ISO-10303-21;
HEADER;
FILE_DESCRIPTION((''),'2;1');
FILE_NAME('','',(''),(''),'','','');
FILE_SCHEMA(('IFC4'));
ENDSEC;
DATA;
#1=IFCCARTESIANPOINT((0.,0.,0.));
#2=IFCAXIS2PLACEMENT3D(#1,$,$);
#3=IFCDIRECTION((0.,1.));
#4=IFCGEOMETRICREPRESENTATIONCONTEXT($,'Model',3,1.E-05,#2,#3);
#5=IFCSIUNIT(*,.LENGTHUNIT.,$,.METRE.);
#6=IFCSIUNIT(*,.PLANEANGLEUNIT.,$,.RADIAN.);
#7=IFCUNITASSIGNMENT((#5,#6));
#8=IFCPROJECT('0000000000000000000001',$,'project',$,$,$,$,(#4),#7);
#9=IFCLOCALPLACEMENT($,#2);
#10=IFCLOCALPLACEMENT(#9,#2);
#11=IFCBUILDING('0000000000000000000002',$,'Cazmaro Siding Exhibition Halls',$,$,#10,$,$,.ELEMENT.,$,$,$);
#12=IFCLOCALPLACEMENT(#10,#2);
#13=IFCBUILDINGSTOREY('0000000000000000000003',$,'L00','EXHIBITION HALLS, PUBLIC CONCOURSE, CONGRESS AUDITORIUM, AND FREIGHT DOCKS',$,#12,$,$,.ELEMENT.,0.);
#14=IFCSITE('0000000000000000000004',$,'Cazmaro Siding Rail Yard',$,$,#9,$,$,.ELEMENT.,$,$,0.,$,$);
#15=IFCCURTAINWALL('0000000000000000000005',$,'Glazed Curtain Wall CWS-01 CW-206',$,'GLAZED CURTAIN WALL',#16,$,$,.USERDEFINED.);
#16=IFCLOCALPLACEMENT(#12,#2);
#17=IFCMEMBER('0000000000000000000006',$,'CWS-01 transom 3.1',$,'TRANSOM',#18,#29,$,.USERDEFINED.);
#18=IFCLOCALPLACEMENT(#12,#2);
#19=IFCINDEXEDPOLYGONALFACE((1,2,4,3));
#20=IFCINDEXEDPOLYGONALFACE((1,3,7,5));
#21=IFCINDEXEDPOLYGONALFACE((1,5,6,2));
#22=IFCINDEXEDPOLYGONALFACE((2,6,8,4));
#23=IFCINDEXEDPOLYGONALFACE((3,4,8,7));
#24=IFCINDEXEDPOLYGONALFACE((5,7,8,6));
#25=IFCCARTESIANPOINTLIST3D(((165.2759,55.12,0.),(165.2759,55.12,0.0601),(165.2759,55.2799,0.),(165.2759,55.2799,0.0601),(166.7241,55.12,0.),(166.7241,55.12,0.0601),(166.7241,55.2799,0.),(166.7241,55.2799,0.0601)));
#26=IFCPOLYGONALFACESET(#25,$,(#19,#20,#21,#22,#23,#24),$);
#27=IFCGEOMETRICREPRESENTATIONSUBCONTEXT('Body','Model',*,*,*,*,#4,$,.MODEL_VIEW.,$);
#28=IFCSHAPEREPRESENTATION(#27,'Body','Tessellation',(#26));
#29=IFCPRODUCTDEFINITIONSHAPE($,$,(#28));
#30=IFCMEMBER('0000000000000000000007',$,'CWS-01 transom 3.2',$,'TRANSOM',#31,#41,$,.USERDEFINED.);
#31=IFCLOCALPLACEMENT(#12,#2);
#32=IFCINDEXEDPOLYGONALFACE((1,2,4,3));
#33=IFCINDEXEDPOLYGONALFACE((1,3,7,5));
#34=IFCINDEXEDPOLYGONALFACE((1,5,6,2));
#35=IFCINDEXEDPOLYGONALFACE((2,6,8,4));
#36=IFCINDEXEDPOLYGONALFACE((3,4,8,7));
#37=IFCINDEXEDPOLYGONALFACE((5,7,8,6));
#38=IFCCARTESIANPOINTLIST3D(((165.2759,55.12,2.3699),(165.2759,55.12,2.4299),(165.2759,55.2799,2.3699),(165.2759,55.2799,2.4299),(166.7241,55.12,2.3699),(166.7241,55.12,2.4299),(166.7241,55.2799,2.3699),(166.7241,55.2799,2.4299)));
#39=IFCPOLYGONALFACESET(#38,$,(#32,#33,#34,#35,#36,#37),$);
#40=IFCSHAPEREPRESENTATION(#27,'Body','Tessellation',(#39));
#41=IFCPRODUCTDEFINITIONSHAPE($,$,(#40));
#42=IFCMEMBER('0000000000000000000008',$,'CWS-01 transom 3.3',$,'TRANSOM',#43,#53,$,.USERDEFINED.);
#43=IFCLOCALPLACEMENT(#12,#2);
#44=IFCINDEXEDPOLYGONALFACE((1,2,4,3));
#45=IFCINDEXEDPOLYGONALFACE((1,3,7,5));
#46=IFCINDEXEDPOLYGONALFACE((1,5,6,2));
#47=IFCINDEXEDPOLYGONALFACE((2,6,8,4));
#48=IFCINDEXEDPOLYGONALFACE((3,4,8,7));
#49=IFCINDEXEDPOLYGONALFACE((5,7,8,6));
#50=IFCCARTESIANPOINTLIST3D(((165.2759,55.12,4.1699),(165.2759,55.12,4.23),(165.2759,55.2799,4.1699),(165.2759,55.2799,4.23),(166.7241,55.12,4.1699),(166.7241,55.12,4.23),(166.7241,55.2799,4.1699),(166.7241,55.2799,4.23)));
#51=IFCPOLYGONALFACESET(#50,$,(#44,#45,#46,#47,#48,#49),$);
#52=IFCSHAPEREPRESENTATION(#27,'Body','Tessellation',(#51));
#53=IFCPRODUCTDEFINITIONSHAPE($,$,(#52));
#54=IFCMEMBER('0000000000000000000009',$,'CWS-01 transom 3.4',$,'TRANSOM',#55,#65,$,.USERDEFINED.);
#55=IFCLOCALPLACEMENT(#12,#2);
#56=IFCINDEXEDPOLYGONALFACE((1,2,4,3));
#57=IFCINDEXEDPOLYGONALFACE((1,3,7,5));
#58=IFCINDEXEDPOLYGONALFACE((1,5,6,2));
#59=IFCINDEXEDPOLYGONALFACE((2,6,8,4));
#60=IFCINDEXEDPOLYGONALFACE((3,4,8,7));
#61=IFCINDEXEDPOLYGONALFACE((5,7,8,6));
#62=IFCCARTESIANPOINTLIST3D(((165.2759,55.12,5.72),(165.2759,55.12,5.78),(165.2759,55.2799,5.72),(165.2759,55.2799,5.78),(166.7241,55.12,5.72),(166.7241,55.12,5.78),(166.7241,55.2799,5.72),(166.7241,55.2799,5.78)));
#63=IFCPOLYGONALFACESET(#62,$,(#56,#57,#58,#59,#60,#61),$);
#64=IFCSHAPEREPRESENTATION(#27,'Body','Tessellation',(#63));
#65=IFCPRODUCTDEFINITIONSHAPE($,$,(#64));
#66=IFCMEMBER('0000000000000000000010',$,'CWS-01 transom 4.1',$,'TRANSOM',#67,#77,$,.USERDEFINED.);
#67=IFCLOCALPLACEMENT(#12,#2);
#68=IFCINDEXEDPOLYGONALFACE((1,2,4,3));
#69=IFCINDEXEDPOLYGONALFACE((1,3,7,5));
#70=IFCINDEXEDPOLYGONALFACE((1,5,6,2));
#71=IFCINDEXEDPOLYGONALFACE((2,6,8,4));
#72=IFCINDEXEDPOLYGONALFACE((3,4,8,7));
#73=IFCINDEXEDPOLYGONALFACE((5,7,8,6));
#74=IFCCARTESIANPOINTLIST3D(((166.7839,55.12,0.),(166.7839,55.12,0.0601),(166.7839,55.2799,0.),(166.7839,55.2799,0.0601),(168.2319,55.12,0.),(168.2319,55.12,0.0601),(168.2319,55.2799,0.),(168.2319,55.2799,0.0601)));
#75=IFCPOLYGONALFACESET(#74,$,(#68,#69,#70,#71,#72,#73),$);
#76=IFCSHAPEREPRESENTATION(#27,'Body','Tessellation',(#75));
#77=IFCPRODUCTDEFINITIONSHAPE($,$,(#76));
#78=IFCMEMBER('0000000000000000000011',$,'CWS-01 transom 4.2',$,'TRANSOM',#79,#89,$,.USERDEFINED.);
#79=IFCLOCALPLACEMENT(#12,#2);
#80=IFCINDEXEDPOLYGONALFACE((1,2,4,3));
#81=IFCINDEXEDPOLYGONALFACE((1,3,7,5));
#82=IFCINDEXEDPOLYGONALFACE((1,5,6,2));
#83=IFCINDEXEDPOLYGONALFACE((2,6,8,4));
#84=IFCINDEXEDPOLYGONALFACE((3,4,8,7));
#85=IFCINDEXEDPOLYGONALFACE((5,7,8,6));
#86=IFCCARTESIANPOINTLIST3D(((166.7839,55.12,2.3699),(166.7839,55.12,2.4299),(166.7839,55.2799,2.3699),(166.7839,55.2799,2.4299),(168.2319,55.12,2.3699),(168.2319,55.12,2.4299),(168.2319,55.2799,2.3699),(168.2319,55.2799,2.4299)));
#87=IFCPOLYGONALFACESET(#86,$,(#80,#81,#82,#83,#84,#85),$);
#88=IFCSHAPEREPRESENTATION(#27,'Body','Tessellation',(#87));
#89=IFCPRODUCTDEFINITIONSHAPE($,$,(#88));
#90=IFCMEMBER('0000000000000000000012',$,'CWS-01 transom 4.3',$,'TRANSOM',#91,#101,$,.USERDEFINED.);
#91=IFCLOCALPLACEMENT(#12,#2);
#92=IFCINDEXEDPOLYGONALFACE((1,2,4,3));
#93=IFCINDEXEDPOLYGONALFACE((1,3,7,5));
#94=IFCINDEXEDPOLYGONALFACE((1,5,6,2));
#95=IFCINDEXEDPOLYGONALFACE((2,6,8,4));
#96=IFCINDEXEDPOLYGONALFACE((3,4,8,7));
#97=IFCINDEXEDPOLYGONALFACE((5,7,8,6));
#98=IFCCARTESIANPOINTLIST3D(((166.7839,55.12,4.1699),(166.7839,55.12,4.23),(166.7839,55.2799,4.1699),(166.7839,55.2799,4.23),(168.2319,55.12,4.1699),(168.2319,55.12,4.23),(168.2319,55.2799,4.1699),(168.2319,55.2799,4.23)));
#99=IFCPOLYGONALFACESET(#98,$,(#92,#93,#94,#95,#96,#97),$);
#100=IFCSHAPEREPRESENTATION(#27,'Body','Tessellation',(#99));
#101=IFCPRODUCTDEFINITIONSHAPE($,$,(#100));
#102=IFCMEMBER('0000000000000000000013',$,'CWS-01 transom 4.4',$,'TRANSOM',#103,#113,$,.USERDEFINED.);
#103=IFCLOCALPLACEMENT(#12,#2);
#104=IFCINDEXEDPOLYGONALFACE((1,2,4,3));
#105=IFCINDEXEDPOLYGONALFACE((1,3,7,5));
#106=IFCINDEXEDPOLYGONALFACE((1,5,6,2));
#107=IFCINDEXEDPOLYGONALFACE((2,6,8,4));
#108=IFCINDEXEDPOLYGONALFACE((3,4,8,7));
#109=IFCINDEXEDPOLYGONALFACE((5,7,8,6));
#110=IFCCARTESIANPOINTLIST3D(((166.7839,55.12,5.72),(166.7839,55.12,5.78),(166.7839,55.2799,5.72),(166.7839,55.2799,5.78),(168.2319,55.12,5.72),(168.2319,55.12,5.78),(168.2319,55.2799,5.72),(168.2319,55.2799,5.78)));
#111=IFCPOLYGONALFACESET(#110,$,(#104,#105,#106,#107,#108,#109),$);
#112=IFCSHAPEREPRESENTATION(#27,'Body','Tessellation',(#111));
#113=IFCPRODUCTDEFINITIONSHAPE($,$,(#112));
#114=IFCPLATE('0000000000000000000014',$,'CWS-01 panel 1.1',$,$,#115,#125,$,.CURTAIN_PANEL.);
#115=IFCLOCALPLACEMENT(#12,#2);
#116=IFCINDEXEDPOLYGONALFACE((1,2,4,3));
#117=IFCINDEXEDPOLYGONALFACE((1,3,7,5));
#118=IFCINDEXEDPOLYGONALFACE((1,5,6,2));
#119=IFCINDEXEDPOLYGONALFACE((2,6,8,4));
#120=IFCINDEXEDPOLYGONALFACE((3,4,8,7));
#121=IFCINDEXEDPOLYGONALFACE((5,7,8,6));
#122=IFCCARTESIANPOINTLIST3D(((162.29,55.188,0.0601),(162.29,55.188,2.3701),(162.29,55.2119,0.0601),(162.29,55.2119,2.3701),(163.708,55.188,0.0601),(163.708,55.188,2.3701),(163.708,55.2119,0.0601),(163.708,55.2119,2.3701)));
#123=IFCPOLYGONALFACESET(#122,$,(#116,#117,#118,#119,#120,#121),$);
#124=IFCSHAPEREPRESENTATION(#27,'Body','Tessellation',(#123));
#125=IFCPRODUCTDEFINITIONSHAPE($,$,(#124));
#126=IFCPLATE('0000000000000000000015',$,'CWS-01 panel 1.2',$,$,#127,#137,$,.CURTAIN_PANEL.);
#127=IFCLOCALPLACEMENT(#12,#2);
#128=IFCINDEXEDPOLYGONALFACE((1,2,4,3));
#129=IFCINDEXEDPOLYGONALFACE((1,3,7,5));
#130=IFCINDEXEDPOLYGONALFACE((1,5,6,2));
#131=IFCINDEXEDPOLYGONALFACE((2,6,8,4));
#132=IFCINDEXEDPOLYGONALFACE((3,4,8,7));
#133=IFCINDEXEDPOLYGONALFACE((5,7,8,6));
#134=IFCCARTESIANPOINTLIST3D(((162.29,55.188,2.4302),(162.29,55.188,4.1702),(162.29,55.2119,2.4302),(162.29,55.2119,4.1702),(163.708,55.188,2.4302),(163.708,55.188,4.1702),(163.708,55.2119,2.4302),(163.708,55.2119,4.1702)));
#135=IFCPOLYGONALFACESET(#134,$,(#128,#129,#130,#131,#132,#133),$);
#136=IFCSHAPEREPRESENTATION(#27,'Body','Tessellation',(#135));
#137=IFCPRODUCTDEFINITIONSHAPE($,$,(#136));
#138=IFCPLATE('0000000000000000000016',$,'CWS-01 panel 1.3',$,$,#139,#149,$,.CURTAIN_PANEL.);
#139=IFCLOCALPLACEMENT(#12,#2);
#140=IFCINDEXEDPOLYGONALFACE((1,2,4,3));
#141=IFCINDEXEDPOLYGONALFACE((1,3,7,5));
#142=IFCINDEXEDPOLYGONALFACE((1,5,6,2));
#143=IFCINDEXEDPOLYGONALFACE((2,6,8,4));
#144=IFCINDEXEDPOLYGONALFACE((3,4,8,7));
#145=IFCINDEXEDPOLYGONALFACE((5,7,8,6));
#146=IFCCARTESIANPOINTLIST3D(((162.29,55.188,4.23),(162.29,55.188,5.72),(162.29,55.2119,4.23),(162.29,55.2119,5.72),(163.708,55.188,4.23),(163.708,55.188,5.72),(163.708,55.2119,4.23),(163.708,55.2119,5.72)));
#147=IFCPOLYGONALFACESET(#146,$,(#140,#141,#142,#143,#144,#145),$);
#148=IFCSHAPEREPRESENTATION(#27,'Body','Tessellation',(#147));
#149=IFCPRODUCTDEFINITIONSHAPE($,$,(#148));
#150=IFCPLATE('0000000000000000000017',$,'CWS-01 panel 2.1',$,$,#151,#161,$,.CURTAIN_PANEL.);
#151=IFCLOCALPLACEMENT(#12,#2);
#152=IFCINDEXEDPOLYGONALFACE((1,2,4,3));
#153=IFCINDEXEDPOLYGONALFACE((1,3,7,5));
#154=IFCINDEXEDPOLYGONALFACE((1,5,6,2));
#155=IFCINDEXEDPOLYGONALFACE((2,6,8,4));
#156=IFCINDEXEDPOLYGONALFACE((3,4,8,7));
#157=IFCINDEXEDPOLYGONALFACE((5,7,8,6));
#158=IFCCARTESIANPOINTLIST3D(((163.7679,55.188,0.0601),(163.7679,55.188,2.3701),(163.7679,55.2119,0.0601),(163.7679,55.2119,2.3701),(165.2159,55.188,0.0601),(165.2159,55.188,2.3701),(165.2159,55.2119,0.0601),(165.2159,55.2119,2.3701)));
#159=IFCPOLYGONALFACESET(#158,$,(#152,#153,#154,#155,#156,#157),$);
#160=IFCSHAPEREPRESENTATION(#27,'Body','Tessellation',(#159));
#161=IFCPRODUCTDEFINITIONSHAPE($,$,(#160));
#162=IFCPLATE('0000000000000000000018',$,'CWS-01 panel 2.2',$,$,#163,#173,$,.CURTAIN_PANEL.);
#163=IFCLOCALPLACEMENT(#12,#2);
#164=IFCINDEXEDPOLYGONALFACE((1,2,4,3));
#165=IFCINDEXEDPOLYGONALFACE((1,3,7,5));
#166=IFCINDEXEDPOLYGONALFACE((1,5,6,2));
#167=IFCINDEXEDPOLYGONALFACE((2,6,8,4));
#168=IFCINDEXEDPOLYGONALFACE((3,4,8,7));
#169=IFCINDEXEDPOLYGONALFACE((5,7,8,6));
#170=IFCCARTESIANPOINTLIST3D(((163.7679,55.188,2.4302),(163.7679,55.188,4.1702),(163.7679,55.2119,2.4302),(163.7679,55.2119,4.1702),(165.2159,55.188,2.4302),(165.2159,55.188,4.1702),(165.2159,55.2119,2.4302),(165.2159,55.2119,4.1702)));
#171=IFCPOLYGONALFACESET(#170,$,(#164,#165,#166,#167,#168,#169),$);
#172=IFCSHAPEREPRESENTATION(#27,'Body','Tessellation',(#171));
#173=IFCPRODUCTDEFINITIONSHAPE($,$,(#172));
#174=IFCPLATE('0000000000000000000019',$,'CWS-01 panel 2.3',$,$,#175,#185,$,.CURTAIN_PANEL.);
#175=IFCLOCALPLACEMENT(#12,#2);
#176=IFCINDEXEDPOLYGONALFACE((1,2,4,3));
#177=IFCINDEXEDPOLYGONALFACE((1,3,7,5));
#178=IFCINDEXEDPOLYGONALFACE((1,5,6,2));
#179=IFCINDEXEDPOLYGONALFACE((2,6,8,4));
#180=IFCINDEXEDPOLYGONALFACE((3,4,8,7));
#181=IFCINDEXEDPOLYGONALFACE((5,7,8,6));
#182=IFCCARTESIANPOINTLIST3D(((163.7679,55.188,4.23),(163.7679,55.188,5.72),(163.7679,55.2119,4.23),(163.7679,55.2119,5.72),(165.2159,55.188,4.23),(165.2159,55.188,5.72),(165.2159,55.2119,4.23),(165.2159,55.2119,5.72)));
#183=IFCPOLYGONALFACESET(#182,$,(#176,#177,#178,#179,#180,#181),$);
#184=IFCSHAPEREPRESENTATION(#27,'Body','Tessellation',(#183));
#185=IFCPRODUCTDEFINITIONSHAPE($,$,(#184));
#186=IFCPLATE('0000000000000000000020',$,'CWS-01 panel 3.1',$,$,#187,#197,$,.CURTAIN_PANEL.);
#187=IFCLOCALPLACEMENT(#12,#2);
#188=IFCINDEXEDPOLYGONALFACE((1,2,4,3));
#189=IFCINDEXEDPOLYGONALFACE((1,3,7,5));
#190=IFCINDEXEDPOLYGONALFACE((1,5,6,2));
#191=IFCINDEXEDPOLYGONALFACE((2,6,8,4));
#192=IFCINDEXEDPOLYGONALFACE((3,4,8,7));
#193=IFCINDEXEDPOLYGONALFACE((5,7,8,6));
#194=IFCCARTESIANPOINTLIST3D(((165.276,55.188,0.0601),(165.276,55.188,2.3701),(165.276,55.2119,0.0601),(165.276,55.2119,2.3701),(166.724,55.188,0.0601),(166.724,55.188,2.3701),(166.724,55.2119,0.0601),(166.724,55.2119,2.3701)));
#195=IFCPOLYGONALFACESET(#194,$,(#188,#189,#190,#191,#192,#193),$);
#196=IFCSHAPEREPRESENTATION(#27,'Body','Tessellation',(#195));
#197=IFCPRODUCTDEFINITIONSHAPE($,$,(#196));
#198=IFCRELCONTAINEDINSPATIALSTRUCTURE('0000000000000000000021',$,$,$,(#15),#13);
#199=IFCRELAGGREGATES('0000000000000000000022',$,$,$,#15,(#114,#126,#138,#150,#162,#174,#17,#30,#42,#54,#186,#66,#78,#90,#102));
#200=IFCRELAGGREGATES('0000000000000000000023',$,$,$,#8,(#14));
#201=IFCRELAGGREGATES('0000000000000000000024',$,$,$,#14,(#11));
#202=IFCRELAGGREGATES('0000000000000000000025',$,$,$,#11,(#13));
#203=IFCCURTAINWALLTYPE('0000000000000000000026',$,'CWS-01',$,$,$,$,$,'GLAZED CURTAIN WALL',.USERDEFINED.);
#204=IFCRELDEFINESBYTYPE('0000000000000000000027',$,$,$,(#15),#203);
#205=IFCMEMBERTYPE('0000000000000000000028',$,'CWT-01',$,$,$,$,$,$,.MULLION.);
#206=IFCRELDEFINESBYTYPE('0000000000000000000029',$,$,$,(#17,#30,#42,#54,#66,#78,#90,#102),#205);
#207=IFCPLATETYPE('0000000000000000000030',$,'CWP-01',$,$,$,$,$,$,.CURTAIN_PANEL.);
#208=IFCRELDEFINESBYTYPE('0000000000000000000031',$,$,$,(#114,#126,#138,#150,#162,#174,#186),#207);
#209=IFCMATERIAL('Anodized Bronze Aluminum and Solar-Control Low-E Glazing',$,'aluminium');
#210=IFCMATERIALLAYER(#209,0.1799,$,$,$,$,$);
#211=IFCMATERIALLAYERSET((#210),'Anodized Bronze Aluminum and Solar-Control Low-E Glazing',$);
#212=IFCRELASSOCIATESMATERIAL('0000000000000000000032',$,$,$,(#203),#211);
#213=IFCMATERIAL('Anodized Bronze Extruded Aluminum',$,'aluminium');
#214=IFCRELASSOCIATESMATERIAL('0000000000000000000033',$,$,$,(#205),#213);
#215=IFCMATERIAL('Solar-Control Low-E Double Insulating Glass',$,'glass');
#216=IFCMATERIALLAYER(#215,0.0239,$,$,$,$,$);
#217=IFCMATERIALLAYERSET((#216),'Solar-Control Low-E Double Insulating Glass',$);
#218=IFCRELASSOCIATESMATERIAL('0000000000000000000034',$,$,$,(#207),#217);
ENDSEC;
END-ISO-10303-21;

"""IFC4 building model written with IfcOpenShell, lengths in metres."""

from ifc_helpers import new_model, si_unit, direction, frame, origin, origin_2d, place, context, subcontext, project, spatial, rectangle, extrude, material, layer, layer_set, material_profile, profile_set, type_object, element, aggregate, save


model = new_model("IFC4")

# Units and contexts
model_context = context("Model", 3, precision=1e-05, world=origin(), true_north=direction((0.0, 1.0)))
body_context = subcontext(model_context, "Body", "Model", "MODEL_VIEW")
ifc_project = project(units=[si_unit("LENGTHUNIT", "METRE"), si_unit("PLANEANGLEUNIT", "RADIAN")], contexts=[model_context])

# Site, building, storey
site_placement = place(None, origin())
site = spatial("IfcSite", under=ifc_project, at=site_placement, Name="Cazmaro Siding Rail Yard", CompositionType="ELEMENT", RefElevation=0.0)
building_placement = place(site_placement, origin())
building = spatial("IfcBuilding", under=site, at=building_placement, Name="Cazmaro Siding Exhibition Halls", CompositionType="ELEMENT")
storey_placement = place(building_placement, origin())
storey = spatial("IfcBuildingStorey", under=building, at=storey_placement, Name="L00", Description="EXHIBITION HALLS, PUBLIC CONCOURSE, CONGRESS AUDITORIUM, AND FREIGHT DOCKS", CompositionType="ELEMENT", Elevation=0.0)

# Curtain wall
ifc_material_1 = material(Name="Anodized Bronze Aluminum and Solar-Control Low-E Glazing", Category="aluminium")
ifc_layer_1 = layer(ifc_material_1, 0.1799)
ifc_layer_set_1 = layer_set([ifc_layer_1], Name="Anodized Bronze Aluminum and Solar-Control Low-E Glazing")
curtain_wall_type = type_object("IfcCurtainWallType", Name="CWS-01", ElementType="GLAZED CURTAIN WALL", PredefinedType="USERDEFINED", material=ifc_layer_set_1)
curtain_wall_1_placement = place(storey_placement, origin())
curtain_wall_1 = element("IfcCurtainWall", 1, at=curtain_wall_1_placement, inside=storey, type_object=curtain_wall_type, Name="Glazed Curtain Wall CWS-01 CW-206", ObjectType="GLAZED CURTAIN WALL", PredefinedType="USERDEFINED")

# Members
ifc_material_2 = material(Name="Anodized Bronze Extruded Aluminum", Category="aluminium")
ifc_material_profile_1 = material_profile(ifc_material_2, rectangle(XDim=0.1599, YDim=0.0601, at=origin_2d()), Name="CWT-01")
ifc_profile_set_1 = profile_set([ifc_material_profile_1], Name="Anodized Bronze Extruded Aluminum")
member_type_1 = type_object("IfcMemberType", Name="CWT-01", PredefinedType="MULLION", material=ifc_profile_set_1)
member_1_placement = place(storey_placement, frame((165.2759, 55.2, 0.03), z_axis=(1.0, 0.0, 0.0), x_axis=(0.0, 1.0, 0.0)))
member_1 = element("IfcMember", 2, at=member_1_placement, type_object=member_type_1, Name="CWS-01 transom 3.1", ObjectType="TRANSOM", PredefinedType="USERDEFINED", context=body_context, shape_type="SweptSolid", body=[
    extrude(rectangle(XDim=0.1599, YDim=0.0601, at=origin_2d()), origin(), (0.0, 0.0, 1.0), 1.4482),
])
member_2_placement = place(storey_placement, frame((165.2759, 55.2, 2.3999), z_axis=(1.0, 0.0, 0.0), x_axis=(0.0, 1.0, 0.0)))
member_2 = element("IfcMember", 3, at=member_2_placement, type_object=member_type_1, Name="CWS-01 transom 3.2", ObjectType="TRANSOM", PredefinedType="USERDEFINED", context=body_context, shape_type="SweptSolid", body=[
    extrude(rectangle(XDim=0.1599, YDim=0.0601, at=origin_2d()), origin(), (0.0, 0.0, 1.0), 1.4482),
])
member_3_placement = place(storey_placement, frame((165.2759, 55.2, 4.2), z_axis=(1.0, 0.0, 0.0), x_axis=(0.0, 1.0, 0.0)))
member_3 = element("IfcMember", 4, at=member_3_placement, type_object=member_type_1, Name="CWS-01 transom 3.3", ObjectType="TRANSOM", PredefinedType="USERDEFINED", context=body_context, shape_type="SweptSolid", body=[
    extrude(rectangle(XDim=0.1599, YDim=0.0601, at=origin_2d()), origin(), (0.0, 0.0, 1.0), 1.4482),
])
member_4_placement = place(storey_placement, frame((165.2759, 55.2, 5.75), z_axis=(1.0, 0.0, 0.0), x_axis=(0.0, 1.0, 0.0)))
member_4 = element("IfcMember", 5, at=member_4_placement, type_object=member_type_1, Name="CWS-01 transom 3.4", ObjectType="TRANSOM", PredefinedType="USERDEFINED", context=body_context, shape_type="SweptSolid", body=[
    extrude(rectangle(XDim=0.1599, YDim=0.0601, at=origin_2d()), origin(), (0.0, 0.0, 1.0), 1.4482),
])
member_5_placement = place(storey_placement, frame((166.7839, 55.2, 0.03), z_axis=(1.0, 0.0, 0.0), x_axis=(0.0, 1.0, 0.0)))
member_5 = element("IfcMember", 6, at=member_5_placement, type_object=member_type_1, Name="CWS-01 transom 4.1", ObjectType="TRANSOM", PredefinedType="USERDEFINED", context=body_context, shape_type="SweptSolid", body=[
    extrude(rectangle(XDim=0.1599, YDim=0.0601, at=origin_2d()), origin(), (0.0, 0.0, 1.0), 1.448),
])
member_6_placement = place(storey_placement, frame((166.7839, 55.2, 2.3999), z_axis=(1.0, 0.0, 0.0), x_axis=(0.0, 1.0, 0.0)))
member_6 = element("IfcMember", 7, at=member_6_placement, type_object=member_type_1, Name="CWS-01 transom 4.2", ObjectType="TRANSOM", PredefinedType="USERDEFINED", context=body_context, shape_type="SweptSolid", body=[
    extrude(rectangle(XDim=0.1599, YDim=0.0601, at=origin_2d()), origin(), (0.0, 0.0, 1.0), 1.448),
])
member_7_placement = place(storey_placement, frame((166.7839, 55.2, 4.2), z_axis=(1.0, 0.0, 0.0), x_axis=(0.0, 1.0, 0.0)))
member_7 = element("IfcMember", 8, at=member_7_placement, type_object=member_type_1, Name="CWS-01 transom 4.3", ObjectType="TRANSOM", PredefinedType="USERDEFINED", context=body_context, shape_type="SweptSolid", body=[
    extrude(rectangle(XDim=0.1599, YDim=0.0601, at=origin_2d()), origin(), (0.0, 0.0, 1.0), 1.448),
])
member_8_placement = place(storey_placement, frame((166.7839, 55.2, 5.75), z_axis=(1.0, 0.0, 0.0), x_axis=(0.0, 1.0, 0.0)))
member_8 = element("IfcMember", 9, at=member_8_placement, type_object=member_type_1, Name="CWS-01 transom 4.4", ObjectType="TRANSOM", PredefinedType="USERDEFINED", context=body_context, shape_type="SweptSolid", body=[
    extrude(rectangle(XDim=0.1599, YDim=0.0601, at=origin_2d()), origin(), (0.0, 0.0, 1.0), 1.448),
])

# Plates
ifc_material_3 = material(Name="Solar-Control Low-E Double Insulating Glass", Category="glass")
ifc_layer_2 = layer(ifc_material_3, 0.0239)
ifc_layer_set_2 = layer_set([ifc_layer_2], Name="Solar-Control Low-E Double Insulating Glass")
plate_type = type_object("IfcPlateType", Name="CWP-01", PredefinedType="CURTAIN_PANEL", material=ifc_layer_set_2)
plate_1_placement = place(storey_placement, frame((162.999, 55.2, 0.0601), z_axis=(0.0, 0.0, 1.0), x_axis=(1.0, 0.0, 0.0)))
plate_1 = element("IfcPlate", 10, at=plate_1_placement, type_object=plate_type, Name="CWS-01 panel 1.1", PredefinedType="CURTAIN_PANEL", context=body_context, shape_type="SweptSolid", body=[
    extrude(rectangle(XDim=1.418, YDim=0.0239, at=origin_2d()), origin(), (0.0, 0.0, 1.0), 2.3101),
])
plate_2_placement = place(storey_placement, frame((162.999, 55.2, 2.4302), z_axis=(0.0, 0.0, 1.0), x_axis=(1.0, 0.0, 0.0)))
plate_2 = element("IfcPlate", 11, at=plate_2_placement, type_object=plate_type, Name="CWS-01 panel 1.2", PredefinedType="CURTAIN_PANEL", context=body_context, shape_type="SweptSolid", body=[
    extrude(rectangle(XDim=1.418, YDim=0.0239, at=origin_2d()), origin(), (0.0, 0.0, 1.0), 1.74),
])
plate_3_placement = place(storey_placement, frame((162.999, 55.2, 4.23), z_axis=(0.0, 0.0, 1.0), x_axis=(1.0, 0.0, 0.0)))
plate_3 = element("IfcPlate", 12, at=plate_3_placement, type_object=plate_type, Name="CWS-01 panel 1.3", PredefinedType="CURTAIN_PANEL", context=body_context, shape_type="SweptSolid", body=[
    extrude(rectangle(XDim=1.418, YDim=0.0239, at=origin_2d()), origin(), (0.0, 0.0, 1.0), 1.49),
])
plate_4_placement = place(storey_placement, frame((164.4919, 55.2, 0.0601), z_axis=(0.0, 0.0, 1.0), x_axis=(1.0, 0.0, 0.0)))
plate_4 = element("IfcPlate", 13, at=plate_4_placement, type_object=plate_type, Name="CWS-01 panel 2.1", PredefinedType="CURTAIN_PANEL", context=body_context, shape_type="SweptSolid", body=[
    extrude(rectangle(XDim=1.448, YDim=0.0239, at=origin_2d()), origin(), (0.0, 0.0, 1.0), 2.3101),
])
plate_5_placement = place(storey_placement, frame((164.4919, 55.2, 2.4302), z_axis=(0.0, 0.0, 1.0), x_axis=(1.0, 0.0, 0.0)))
plate_5 = element("IfcPlate", 14, at=plate_5_placement, type_object=plate_type, Name="CWS-01 panel 2.2", PredefinedType="CURTAIN_PANEL", context=body_context, shape_type="SweptSolid", body=[
    extrude(rectangle(XDim=1.448, YDim=0.0239, at=origin_2d()), origin(), (0.0, 0.0, 1.0), 1.74),
])
plate_6_placement = place(storey_placement, frame((164.4919, 55.2, 4.23), z_axis=(0.0, 0.0, 1.0), x_axis=(1.0, 0.0, 0.0)))
plate_6 = element("IfcPlate", 15, at=plate_6_placement, type_object=plate_type, Name="CWS-01 panel 2.3", PredefinedType="CURTAIN_PANEL", context=body_context, shape_type="SweptSolid", body=[
    extrude(rectangle(XDim=1.448, YDim=0.0239, at=origin_2d()), origin(), (0.0, 0.0, 1.0), 1.49),
])
plate_7_placement = place(storey_placement, frame((166.0, 55.2, 0.0601), z_axis=(0.0, 0.0, 1.0), x_axis=(1.0, 0.0, 0.0)))
plate_7 = element("IfcPlate", 16, at=plate_7_placement, type_object=plate_type, Name="CWS-01 panel 3.1", PredefinedType="CURTAIN_PANEL", context=body_context, shape_type="SweptSolid", body=[
    extrude(rectangle(XDim=1.448, YDim=0.0239, at=origin_2d()), origin(), (0.0, 0.0, 1.0), 2.3101),
])
aggregate(curtain_wall_1, [plate_1, plate_2, plate_3, plate_4, plate_5, plate_6, member_1, member_2, member_3, member_4, plate_7, member_5, member_6, member_7, member_8])

save(model, "model.ifc")
